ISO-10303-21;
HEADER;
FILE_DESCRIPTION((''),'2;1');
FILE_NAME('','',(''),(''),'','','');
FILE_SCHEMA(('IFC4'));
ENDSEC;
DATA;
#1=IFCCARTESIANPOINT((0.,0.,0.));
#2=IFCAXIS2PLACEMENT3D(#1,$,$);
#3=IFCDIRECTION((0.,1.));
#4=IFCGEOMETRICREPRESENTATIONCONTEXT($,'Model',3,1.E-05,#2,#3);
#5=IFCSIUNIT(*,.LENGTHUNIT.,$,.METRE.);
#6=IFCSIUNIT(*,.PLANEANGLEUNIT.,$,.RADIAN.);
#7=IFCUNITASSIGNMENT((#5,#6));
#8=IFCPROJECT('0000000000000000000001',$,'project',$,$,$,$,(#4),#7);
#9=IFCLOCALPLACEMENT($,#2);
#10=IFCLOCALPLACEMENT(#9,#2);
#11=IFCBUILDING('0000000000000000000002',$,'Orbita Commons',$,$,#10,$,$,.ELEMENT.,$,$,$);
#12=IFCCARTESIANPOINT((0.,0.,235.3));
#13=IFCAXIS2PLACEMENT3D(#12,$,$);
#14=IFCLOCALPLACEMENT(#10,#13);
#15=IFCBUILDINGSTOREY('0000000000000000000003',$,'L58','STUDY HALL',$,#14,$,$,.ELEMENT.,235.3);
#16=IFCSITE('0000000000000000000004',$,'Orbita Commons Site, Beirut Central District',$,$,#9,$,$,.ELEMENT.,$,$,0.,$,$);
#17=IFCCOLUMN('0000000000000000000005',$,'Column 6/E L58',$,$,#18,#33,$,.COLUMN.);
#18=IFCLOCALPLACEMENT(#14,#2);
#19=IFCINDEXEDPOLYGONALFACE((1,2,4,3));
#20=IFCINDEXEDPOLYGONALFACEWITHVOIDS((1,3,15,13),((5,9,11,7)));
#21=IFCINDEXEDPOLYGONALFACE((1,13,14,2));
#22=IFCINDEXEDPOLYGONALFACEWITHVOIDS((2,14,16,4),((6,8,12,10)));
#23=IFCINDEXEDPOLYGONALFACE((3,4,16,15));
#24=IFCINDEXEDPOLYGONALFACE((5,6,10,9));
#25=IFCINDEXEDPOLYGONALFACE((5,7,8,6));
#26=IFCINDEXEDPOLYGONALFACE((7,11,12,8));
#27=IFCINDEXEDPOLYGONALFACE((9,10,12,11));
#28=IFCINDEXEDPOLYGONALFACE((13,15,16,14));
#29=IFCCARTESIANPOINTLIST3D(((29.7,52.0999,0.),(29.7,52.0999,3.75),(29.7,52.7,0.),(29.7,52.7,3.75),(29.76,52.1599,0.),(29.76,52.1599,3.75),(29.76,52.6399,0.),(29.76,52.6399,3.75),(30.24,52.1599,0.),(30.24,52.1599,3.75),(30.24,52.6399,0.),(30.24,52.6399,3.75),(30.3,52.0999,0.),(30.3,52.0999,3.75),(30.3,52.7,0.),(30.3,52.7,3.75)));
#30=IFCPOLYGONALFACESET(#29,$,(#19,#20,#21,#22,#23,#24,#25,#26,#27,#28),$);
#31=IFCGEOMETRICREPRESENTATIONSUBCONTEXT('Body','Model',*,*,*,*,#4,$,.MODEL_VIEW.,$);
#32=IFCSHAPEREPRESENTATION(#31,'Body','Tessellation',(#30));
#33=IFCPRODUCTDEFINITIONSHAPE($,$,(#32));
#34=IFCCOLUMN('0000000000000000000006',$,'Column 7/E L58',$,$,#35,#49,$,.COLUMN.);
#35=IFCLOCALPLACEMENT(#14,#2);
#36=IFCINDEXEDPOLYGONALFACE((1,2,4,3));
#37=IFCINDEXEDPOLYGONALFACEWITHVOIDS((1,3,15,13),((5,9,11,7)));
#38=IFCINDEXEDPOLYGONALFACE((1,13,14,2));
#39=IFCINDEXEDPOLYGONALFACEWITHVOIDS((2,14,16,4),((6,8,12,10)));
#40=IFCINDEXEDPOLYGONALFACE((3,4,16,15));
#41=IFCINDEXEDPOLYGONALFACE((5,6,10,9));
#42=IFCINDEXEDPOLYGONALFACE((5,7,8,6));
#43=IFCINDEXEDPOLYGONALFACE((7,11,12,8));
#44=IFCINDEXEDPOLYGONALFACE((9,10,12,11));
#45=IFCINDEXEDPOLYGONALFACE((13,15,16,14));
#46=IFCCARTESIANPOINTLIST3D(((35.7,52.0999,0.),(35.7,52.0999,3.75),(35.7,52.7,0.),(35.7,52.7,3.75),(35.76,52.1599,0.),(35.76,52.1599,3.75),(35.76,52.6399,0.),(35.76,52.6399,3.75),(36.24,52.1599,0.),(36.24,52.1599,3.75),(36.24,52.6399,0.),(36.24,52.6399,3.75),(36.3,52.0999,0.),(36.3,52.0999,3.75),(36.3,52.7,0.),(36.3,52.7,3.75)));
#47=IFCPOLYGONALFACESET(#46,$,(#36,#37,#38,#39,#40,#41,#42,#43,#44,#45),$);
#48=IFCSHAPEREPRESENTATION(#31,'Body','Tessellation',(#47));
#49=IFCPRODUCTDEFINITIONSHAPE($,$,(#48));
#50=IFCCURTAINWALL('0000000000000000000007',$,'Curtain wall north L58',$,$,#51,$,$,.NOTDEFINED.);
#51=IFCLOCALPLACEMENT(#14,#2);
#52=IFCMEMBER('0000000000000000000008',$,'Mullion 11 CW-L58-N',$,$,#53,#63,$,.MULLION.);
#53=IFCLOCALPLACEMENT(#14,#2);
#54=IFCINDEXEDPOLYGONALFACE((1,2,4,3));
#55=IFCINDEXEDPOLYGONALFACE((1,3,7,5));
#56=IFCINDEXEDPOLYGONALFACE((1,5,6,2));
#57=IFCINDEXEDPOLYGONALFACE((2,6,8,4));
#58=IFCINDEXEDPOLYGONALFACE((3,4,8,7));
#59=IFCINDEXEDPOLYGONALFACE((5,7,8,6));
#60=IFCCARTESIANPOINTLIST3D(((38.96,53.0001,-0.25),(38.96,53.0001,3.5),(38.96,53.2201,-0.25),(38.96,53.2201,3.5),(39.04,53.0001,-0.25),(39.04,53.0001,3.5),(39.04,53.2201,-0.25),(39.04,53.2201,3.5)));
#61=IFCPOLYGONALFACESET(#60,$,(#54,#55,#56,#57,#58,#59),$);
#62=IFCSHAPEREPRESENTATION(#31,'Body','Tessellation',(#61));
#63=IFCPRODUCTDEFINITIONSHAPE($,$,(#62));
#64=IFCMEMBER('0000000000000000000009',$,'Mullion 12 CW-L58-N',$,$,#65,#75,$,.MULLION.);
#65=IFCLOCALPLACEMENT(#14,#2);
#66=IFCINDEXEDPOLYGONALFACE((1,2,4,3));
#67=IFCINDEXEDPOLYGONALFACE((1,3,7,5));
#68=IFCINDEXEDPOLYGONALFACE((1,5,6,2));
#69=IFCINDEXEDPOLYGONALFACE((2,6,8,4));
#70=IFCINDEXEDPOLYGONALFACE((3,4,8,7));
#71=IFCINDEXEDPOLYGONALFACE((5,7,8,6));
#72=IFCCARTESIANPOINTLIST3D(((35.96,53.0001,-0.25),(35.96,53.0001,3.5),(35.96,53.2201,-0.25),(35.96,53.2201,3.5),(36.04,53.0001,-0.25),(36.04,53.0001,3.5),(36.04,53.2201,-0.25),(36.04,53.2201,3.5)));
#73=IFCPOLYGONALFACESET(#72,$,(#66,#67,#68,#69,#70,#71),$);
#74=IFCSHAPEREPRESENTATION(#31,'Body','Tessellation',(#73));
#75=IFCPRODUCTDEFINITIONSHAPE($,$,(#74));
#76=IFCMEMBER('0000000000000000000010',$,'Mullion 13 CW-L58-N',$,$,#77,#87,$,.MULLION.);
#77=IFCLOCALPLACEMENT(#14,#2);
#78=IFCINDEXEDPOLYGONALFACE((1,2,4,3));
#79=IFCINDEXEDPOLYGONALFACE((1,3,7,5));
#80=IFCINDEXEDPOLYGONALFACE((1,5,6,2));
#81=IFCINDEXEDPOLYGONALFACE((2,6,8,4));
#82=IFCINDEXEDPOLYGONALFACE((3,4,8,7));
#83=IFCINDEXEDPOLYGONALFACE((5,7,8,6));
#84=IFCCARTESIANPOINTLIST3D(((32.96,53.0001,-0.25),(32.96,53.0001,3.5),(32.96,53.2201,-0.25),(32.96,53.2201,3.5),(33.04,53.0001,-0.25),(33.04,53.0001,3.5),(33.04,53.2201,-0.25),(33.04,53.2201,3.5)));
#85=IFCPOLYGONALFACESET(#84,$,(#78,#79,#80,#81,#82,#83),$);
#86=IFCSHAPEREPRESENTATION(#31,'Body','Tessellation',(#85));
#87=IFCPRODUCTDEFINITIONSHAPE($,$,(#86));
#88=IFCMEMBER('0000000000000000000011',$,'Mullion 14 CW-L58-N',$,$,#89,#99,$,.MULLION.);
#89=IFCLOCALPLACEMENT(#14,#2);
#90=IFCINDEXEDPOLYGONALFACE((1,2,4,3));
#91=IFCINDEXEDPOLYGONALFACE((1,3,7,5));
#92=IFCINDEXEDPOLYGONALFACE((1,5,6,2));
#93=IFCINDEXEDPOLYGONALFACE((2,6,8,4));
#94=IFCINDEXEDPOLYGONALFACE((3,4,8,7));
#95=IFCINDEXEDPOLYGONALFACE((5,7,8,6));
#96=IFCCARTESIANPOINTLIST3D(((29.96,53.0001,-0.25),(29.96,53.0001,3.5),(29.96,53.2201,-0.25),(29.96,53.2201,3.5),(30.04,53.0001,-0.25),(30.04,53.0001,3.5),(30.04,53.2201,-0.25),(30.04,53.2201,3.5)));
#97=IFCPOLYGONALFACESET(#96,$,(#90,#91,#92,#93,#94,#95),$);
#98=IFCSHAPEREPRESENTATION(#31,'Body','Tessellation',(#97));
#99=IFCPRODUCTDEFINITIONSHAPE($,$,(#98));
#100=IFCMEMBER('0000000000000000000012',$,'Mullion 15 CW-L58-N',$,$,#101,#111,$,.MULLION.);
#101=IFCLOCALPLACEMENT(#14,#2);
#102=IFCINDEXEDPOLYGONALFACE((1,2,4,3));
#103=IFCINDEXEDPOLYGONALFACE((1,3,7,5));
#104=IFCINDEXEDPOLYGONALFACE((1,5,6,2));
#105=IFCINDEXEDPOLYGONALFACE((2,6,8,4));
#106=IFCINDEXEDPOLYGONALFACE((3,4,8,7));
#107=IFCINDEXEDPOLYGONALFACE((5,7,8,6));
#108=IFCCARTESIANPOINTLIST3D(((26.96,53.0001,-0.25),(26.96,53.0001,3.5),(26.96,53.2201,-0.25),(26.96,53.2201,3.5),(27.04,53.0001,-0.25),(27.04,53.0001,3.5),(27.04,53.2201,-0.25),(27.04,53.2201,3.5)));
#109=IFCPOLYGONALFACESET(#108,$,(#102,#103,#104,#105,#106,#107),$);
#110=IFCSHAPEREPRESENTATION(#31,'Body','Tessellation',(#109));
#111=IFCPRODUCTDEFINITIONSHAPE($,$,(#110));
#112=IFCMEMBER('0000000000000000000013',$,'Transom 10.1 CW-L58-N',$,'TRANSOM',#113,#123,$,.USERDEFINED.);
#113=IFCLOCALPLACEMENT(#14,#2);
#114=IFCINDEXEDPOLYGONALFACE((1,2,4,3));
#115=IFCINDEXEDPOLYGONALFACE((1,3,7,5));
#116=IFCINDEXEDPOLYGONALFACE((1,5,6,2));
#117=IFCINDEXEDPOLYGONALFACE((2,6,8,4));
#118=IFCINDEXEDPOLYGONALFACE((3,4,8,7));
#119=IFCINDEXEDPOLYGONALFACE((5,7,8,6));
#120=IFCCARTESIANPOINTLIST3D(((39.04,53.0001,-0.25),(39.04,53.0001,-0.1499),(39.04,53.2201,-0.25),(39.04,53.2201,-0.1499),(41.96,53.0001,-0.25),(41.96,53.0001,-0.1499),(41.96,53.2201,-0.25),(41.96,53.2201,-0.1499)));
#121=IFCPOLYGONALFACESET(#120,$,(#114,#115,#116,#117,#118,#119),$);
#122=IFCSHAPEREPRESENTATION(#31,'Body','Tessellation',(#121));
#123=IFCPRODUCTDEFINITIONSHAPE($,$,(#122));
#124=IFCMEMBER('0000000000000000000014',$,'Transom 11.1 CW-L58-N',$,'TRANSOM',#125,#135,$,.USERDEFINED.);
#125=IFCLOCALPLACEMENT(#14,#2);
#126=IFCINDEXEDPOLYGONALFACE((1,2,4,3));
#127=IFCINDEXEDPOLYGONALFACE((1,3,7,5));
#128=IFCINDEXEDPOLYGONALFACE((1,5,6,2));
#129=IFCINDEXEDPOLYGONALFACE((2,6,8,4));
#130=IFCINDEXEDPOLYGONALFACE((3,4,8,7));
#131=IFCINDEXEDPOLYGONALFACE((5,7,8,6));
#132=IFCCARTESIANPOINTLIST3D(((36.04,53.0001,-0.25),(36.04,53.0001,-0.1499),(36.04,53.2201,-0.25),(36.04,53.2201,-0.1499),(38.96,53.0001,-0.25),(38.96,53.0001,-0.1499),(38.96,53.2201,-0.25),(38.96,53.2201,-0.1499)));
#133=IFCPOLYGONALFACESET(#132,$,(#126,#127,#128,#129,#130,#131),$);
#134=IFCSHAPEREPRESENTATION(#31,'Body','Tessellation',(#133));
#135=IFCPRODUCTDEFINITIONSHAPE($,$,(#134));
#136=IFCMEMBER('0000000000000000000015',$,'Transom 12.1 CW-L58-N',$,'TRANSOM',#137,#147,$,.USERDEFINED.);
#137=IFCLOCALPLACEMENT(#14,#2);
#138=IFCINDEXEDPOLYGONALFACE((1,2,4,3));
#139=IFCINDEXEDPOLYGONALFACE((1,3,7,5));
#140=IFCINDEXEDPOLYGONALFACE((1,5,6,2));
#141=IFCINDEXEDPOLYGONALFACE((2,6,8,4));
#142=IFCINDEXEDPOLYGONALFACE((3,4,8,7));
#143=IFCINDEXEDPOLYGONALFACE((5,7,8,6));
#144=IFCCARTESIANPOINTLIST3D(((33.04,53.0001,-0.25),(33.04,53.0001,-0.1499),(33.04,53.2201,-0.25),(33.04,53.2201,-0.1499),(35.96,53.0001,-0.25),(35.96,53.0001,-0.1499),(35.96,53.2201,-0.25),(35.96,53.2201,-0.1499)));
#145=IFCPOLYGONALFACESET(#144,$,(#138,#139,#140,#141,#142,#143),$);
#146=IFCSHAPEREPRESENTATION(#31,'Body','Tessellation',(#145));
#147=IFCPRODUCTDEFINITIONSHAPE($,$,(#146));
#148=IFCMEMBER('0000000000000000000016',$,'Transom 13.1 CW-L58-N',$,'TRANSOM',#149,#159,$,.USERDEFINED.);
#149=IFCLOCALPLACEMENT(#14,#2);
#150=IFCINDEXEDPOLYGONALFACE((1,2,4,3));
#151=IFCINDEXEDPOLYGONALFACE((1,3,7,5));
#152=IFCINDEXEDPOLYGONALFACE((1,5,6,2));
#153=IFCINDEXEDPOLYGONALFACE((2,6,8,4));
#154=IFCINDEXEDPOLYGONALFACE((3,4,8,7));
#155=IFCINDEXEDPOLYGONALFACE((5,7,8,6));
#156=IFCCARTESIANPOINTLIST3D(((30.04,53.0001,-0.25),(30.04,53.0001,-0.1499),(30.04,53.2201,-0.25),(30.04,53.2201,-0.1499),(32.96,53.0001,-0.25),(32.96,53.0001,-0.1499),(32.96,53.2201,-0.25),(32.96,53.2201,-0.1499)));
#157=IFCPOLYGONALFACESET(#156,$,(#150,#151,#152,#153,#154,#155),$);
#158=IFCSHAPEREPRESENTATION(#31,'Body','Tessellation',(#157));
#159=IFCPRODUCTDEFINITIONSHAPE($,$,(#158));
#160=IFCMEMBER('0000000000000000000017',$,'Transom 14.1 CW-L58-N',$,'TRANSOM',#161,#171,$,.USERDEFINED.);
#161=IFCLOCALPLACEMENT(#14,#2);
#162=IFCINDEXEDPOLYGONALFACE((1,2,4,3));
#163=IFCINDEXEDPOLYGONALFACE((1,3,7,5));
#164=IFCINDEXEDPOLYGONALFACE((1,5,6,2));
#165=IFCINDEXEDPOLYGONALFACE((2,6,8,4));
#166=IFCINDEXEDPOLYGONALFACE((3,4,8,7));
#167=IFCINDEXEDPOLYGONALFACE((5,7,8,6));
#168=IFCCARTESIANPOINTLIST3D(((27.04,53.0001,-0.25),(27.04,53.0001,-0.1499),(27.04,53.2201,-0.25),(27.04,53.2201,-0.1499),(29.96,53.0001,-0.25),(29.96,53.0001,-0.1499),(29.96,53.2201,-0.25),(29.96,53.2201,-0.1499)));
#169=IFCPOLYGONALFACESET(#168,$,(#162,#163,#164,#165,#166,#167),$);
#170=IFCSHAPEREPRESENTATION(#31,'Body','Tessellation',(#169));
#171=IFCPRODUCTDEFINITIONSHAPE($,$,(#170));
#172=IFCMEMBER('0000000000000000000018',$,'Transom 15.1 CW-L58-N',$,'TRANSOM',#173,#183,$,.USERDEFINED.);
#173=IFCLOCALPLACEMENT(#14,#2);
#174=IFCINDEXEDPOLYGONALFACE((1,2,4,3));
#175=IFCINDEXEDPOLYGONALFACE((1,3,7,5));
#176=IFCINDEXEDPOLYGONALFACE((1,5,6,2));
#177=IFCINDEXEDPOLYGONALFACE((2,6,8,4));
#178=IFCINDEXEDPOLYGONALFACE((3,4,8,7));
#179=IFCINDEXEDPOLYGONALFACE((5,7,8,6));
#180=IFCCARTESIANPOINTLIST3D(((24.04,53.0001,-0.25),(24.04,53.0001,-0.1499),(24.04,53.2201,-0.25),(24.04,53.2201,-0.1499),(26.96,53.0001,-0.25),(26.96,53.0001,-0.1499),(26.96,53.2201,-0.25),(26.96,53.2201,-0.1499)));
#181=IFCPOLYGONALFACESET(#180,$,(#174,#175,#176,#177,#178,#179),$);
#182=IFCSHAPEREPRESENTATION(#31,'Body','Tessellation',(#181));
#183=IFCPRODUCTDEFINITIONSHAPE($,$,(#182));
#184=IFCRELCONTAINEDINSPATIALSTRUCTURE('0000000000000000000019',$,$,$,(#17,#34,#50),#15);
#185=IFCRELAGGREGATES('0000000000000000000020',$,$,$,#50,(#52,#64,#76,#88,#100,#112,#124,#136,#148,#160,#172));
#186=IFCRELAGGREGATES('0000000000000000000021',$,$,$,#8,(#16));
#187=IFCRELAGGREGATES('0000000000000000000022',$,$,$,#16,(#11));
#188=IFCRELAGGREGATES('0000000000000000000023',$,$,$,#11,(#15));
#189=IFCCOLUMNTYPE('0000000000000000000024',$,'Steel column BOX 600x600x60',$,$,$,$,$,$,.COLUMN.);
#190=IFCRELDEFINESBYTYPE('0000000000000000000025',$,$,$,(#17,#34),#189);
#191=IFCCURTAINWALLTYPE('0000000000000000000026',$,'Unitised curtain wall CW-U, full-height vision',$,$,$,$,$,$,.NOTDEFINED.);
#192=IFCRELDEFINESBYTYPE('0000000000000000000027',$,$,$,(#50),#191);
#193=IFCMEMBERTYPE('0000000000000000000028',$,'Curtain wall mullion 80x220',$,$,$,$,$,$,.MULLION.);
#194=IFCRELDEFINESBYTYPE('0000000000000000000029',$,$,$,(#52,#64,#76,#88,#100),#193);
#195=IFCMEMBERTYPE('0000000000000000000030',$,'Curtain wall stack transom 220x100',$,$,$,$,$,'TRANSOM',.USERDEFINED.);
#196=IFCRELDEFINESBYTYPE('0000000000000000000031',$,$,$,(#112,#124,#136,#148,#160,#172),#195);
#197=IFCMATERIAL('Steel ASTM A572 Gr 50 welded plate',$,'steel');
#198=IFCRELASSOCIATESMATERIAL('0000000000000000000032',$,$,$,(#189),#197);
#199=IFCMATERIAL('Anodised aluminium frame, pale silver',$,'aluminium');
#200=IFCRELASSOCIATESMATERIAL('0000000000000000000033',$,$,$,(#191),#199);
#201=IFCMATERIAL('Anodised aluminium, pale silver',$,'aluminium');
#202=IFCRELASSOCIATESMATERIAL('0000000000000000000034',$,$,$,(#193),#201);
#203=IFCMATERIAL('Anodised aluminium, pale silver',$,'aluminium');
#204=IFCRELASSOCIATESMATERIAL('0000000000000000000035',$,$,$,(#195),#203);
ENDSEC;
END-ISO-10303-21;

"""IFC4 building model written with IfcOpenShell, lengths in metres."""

from ifc_helpers import new_model, si_unit, direction, frame, origin, origin_2d, place, context, subcontext, project, spatial, rectangle, hollow_rectangle, extrude, material, material_profile, profile_set, type_object, element, aggregate, save


model = new_model("IFC4")

# Units and contexts
model_context = context("Model", 3, precision=1e-05, world=origin(), true_north=direction((0.0, 1.0)))
body_context = subcontext(model_context, "Body", "Model", "MODEL_VIEW")
ifc_project = project(units=[si_unit("LENGTHUNIT", "METRE"), si_unit("PLANEANGLEUNIT", "RADIAN")], contexts=[model_context])

# Site, building, storey
site_placement = place(None, origin())
site = spatial("IfcSite", under=ifc_project, at=site_placement, Name="Orbita Commons Site, Beirut Central District", CompositionType="ELEMENT", RefElevation=0.0)
building_placement = place(site_placement, origin())
building = spatial("IfcBuilding", under=site, at=building_placement, Name="Orbita Commons", CompositionType="ELEMENT")
storey_placement = place(building_placement, frame((0.0, 0.0, 235.3)))
storey = spatial("IfcBuildingStorey", under=building, at=storey_placement, Name="L58", Description="STUDY HALL", CompositionType="ELEMENT", Elevation=235.3)

# Columns
ifc_material_1 = material(Name="Steel ASTM A572 Gr 50 welded plate", Category="steel")
ifc_material_profile_1 = material_profile(ifc_material_1, hollow_rectangle(XDim=0.6001, YDim=0.6001, WallThickness=0.0601, at=origin_2d()), Name="BOX 600x600x60")
ifc_profile_set_1 = profile_set([ifc_material_profile_1], Name="Steel ASTM A572 Gr 50 welded plate")
column_type = type_object("IfcColumnType", Name="Steel column BOX 600x600x60", PredefinedType="COLUMN", material=ifc_profile_set_1)
for number, where, z_axis, x_axis, name in (
    (1, (30.0, 52.3999, 0.0), (0.0, 0.0, 1.0), (1.0, 0.0, 0.0), "Column 6/E L58"),
    (2, (36.0, 52.3999, 0.0), (0.0, 0.0, 1.0), (1.0, 0.0, 0.0), "Column 7/E L58"),
):
    element("IfcColumn", number, at=place(storey_placement, frame(where, z_axis=z_axis, x_axis=x_axis)), inside=storey, type_object=column_type, Name=name, PredefinedType="COLUMN", context=body_context, shape_type="SweptSolid", body=[
        extrude(hollow_rectangle(XDim=0.6001, YDim=0.6001, WallThickness=0.0601, at=origin_2d()), origin(), (0.0, 0.0, 1.0), 3.75),
    ])

# Curtain wall, members
ifc_material_2 = material(Name="Anodised aluminium frame, pale silver", Category="aluminium")
curtain_wall_type = type_object("IfcCurtainWallType", Name="Unitised curtain wall CW-U, full-height vision", PredefinedType="NOTDEFINED", material=ifc_material_2)
curtain_wall_placement = place(storey_placement, origin())
curtain_wall = element("IfcCurtainWall", 3, at=curtain_wall_placement, inside=storey, type_object=curtain_wall_type, Name="Curtain wall north L58", PredefinedType="NOTDEFINED")
ifc_material_3 = material(Name="Anodised aluminium, pale silver", Category="aluminium")
ifc_material_profile_2 = material_profile(ifc_material_3, rectangle(XDim=0.0801, YDim=0.22, at=origin_2d()), Name="AL 80x220")
ifc_profile_set_2 = profile_set([ifc_material_profile_2], Name="Anodised aluminium, pale silver")
member_type_1 = type_object("IfcMemberType", Name="Curtain wall mullion 80x220", PredefinedType="MULLION", material=ifc_profile_set_2)
member_1_placement = place(storey_placement, frame((39.0, 53.1101, -0.25), z_axis=(0.0, 0.0, 1.0), x_axis=(-1.0, 0.0, 0.0)))
member_1 = element("IfcMember", 4, at=member_1_placement, type_object=member_type_1, Name="Mullion 11 CW-L58-N", PredefinedType="MULLION", context=body_context, shape_type="SweptSolid", body=[
    extrude(rectangle(XDim=0.0801, YDim=0.22, at=origin_2d()), origin(), (0.0, 0.0, 1.0), 3.75),
])
member_2_placement = place(storey_placement, frame((36.0, 53.1101, -0.25), z_axis=(0.0, 0.0, 1.0), x_axis=(-1.0, 0.0, 0.0)))
member_2 = element("IfcMember", 5, at=member_2_placement, type_object=member_type_1, Name="Mullion 12 CW-L58-N", PredefinedType="MULLION", context=body_context, shape_type="SweptSolid", body=[
    extrude(rectangle(XDim=0.0801, YDim=0.22, at=origin_2d()), origin(), (0.0, 0.0, 1.0), 3.75),
])
member_3_placement = place(storey_placement, frame((33.0, 53.1101, -0.25), z_axis=(0.0, 0.0, 1.0), x_axis=(-1.0, 0.0, 0.0)))
member_3 = element("IfcMember", 6, at=member_3_placement, type_object=member_type_1, Name="Mullion 13 CW-L58-N", PredefinedType="MULLION", context=body_context, shape_type="SweptSolid", body=[
    extrude(rectangle(XDim=0.0801, YDim=0.22, at=origin_2d()), origin(), (0.0, 0.0, 1.0), 3.75),
])
member_4_placement = place(storey_placement, frame((30.0, 53.1101, -0.25), z_axis=(0.0, 0.0, 1.0), x_axis=(-1.0, 0.0, 0.0)))
member_4 = element("IfcMember", 7, at=member_4_placement, type_object=member_type_1, Name="Mullion 14 CW-L58-N", PredefinedType="MULLION", context=body_context, shape_type="SweptSolid", body=[
    extrude(rectangle(XDim=0.0801, YDim=0.22, at=origin_2d()), origin(), (0.0, 0.0, 1.0), 3.75),
])
member_5_placement = place(storey_placement, frame((27.0, 53.1101, -0.25), z_axis=(0.0, 0.0, 1.0), x_axis=(-1.0, 0.0, 0.0)))
member_5 = element("IfcMember", 8, at=member_5_placement, type_object=member_type_1, Name="Mullion 15 CW-L58-N", PredefinedType="MULLION", context=body_context, shape_type="SweptSolid", body=[
    extrude(rectangle(XDim=0.0801, YDim=0.22, at=origin_2d()), origin(), (0.0, 0.0, 1.0), 3.75),
])
ifc_material_4 = material(Name="Anodised aluminium, pale silver", Category="aluminium")
ifc_material_profile_3 = material_profile(ifc_material_4, rectangle(XDim=0.22, YDim=0.1001, at=origin_2d()), Name="AL 220x100")
ifc_profile_set_3 = profile_set([ifc_material_profile_3], Name="Anodised aluminium, pale silver")
member_type_2 = type_object("IfcMemberType", Name="Curtain wall stack transom 220x100", ElementType="TRANSOM", PredefinedType="USERDEFINED", material=ifc_profile_set_3)
member_6_placement = place(storey_placement, frame((41.96, 53.1101, -0.2), z_axis=(-1.0, 0.0, 0.0), x_axis=(0.0, -1.0, 0.0)))
member_6 = element("IfcMember", 9, at=member_6_placement, type_object=member_type_2, Name="Transom 10.1 CW-L58-N", ObjectType="TRANSOM", PredefinedType="USERDEFINED", context=body_context, shape_type="SweptSolid", body=[
    extrude(rectangle(XDim=0.22, YDim=0.1001, at=origin_2d()), origin(), (0.0, 0.0, 1.0), 2.9199),
])
member_7_placement = place(storey_placement, frame((38.96, 53.1101, -0.2), z_axis=(-1.0, 0.0, 0.0), x_axis=(0.0, -1.0, 0.0)))
member_7 = element("IfcMember", 10, at=member_7_placement, type_object=member_type_2, Name="Transom 11.1 CW-L58-N", ObjectType="TRANSOM", PredefinedType="USERDEFINED", context=body_context, shape_type="SweptSolid", body=[
    extrude(rectangle(XDim=0.22, YDim=0.1001, at=origin_2d()), origin(), (0.0, 0.0, 1.0), 2.9199),
])
member_8_placement = place(storey_placement, frame((35.96, 53.1101, -0.2), z_axis=(-1.0, 0.0, 0.0), x_axis=(0.0, -1.0, 0.0)))
member_8 = element("IfcMember", 11, at=member_8_placement, type_object=member_type_2, Name="Transom 12.1 CW-L58-N", ObjectType="TRANSOM", PredefinedType="USERDEFINED", context=body_context, shape_type="SweptSolid", body=[
    extrude(rectangle(XDim=0.22, YDim=0.1001, at=origin_2d()), origin(), (0.0, 0.0, 1.0), 2.9199),
])
member_9_placement = place(storey_placement, frame((32.96, 53.1101, -0.2), z_axis=(-1.0, 0.0, 0.0), x_axis=(0.0, -1.0, 0.0)))
member_9 = element("IfcMember", 12, at=member_9_placement, type_object=member_type_2, Name="Transom 13.1 CW-L58-N", ObjectType="TRANSOM", PredefinedType="USERDEFINED", context=body_context, shape_type="SweptSolid", body=[
    extrude(rectangle(XDim=0.22, YDim=0.1001, at=origin_2d()), origin(), (0.0, 0.0, 1.0), 2.9199),
])
member_10_placement = place(storey_placement, frame((29.96, 53.1101, -0.2), z_axis=(-1.0, 0.0, 0.0), x_axis=(0.0, -1.0, 0.0)))
member_10 = element("IfcMember", 13, at=member_10_placement, type_object=member_type_2, Name="Transom 14.1 CW-L58-N", ObjectType="TRANSOM", PredefinedType="USERDEFINED", context=body_context, shape_type="SweptSolid", body=[
    extrude(rectangle(XDim=0.22, YDim=0.1001, at=origin_2d()), origin(), (0.0, 0.0, 1.0), 2.9199),
])
member_11_placement = place(storey_placement, frame((26.96, 53.1101, -0.2), z_axis=(-1.0, 0.0, 0.0), x_axis=(0.0, -1.0, 0.0)))
member_11 = element("IfcMember", 14, at=member_11_placement, type_object=member_type_2, Name="Transom 15.1 CW-L58-N", ObjectType="TRANSOM", PredefinedType="USERDEFINED", context=body_context, shape_type="SweptSolid", body=[
    extrude(rectangle(XDim=0.22, YDim=0.1001, at=origin_2d()), origin(), (0.0, 0.0, 1.0), 2.9199),
])

aggregate(curtain_wall, [member_1, member_2, member_3, member_4, member_5, member_6, member_7, member_8, member_9, member_10, member_11])

save(model, "model.ifc")
